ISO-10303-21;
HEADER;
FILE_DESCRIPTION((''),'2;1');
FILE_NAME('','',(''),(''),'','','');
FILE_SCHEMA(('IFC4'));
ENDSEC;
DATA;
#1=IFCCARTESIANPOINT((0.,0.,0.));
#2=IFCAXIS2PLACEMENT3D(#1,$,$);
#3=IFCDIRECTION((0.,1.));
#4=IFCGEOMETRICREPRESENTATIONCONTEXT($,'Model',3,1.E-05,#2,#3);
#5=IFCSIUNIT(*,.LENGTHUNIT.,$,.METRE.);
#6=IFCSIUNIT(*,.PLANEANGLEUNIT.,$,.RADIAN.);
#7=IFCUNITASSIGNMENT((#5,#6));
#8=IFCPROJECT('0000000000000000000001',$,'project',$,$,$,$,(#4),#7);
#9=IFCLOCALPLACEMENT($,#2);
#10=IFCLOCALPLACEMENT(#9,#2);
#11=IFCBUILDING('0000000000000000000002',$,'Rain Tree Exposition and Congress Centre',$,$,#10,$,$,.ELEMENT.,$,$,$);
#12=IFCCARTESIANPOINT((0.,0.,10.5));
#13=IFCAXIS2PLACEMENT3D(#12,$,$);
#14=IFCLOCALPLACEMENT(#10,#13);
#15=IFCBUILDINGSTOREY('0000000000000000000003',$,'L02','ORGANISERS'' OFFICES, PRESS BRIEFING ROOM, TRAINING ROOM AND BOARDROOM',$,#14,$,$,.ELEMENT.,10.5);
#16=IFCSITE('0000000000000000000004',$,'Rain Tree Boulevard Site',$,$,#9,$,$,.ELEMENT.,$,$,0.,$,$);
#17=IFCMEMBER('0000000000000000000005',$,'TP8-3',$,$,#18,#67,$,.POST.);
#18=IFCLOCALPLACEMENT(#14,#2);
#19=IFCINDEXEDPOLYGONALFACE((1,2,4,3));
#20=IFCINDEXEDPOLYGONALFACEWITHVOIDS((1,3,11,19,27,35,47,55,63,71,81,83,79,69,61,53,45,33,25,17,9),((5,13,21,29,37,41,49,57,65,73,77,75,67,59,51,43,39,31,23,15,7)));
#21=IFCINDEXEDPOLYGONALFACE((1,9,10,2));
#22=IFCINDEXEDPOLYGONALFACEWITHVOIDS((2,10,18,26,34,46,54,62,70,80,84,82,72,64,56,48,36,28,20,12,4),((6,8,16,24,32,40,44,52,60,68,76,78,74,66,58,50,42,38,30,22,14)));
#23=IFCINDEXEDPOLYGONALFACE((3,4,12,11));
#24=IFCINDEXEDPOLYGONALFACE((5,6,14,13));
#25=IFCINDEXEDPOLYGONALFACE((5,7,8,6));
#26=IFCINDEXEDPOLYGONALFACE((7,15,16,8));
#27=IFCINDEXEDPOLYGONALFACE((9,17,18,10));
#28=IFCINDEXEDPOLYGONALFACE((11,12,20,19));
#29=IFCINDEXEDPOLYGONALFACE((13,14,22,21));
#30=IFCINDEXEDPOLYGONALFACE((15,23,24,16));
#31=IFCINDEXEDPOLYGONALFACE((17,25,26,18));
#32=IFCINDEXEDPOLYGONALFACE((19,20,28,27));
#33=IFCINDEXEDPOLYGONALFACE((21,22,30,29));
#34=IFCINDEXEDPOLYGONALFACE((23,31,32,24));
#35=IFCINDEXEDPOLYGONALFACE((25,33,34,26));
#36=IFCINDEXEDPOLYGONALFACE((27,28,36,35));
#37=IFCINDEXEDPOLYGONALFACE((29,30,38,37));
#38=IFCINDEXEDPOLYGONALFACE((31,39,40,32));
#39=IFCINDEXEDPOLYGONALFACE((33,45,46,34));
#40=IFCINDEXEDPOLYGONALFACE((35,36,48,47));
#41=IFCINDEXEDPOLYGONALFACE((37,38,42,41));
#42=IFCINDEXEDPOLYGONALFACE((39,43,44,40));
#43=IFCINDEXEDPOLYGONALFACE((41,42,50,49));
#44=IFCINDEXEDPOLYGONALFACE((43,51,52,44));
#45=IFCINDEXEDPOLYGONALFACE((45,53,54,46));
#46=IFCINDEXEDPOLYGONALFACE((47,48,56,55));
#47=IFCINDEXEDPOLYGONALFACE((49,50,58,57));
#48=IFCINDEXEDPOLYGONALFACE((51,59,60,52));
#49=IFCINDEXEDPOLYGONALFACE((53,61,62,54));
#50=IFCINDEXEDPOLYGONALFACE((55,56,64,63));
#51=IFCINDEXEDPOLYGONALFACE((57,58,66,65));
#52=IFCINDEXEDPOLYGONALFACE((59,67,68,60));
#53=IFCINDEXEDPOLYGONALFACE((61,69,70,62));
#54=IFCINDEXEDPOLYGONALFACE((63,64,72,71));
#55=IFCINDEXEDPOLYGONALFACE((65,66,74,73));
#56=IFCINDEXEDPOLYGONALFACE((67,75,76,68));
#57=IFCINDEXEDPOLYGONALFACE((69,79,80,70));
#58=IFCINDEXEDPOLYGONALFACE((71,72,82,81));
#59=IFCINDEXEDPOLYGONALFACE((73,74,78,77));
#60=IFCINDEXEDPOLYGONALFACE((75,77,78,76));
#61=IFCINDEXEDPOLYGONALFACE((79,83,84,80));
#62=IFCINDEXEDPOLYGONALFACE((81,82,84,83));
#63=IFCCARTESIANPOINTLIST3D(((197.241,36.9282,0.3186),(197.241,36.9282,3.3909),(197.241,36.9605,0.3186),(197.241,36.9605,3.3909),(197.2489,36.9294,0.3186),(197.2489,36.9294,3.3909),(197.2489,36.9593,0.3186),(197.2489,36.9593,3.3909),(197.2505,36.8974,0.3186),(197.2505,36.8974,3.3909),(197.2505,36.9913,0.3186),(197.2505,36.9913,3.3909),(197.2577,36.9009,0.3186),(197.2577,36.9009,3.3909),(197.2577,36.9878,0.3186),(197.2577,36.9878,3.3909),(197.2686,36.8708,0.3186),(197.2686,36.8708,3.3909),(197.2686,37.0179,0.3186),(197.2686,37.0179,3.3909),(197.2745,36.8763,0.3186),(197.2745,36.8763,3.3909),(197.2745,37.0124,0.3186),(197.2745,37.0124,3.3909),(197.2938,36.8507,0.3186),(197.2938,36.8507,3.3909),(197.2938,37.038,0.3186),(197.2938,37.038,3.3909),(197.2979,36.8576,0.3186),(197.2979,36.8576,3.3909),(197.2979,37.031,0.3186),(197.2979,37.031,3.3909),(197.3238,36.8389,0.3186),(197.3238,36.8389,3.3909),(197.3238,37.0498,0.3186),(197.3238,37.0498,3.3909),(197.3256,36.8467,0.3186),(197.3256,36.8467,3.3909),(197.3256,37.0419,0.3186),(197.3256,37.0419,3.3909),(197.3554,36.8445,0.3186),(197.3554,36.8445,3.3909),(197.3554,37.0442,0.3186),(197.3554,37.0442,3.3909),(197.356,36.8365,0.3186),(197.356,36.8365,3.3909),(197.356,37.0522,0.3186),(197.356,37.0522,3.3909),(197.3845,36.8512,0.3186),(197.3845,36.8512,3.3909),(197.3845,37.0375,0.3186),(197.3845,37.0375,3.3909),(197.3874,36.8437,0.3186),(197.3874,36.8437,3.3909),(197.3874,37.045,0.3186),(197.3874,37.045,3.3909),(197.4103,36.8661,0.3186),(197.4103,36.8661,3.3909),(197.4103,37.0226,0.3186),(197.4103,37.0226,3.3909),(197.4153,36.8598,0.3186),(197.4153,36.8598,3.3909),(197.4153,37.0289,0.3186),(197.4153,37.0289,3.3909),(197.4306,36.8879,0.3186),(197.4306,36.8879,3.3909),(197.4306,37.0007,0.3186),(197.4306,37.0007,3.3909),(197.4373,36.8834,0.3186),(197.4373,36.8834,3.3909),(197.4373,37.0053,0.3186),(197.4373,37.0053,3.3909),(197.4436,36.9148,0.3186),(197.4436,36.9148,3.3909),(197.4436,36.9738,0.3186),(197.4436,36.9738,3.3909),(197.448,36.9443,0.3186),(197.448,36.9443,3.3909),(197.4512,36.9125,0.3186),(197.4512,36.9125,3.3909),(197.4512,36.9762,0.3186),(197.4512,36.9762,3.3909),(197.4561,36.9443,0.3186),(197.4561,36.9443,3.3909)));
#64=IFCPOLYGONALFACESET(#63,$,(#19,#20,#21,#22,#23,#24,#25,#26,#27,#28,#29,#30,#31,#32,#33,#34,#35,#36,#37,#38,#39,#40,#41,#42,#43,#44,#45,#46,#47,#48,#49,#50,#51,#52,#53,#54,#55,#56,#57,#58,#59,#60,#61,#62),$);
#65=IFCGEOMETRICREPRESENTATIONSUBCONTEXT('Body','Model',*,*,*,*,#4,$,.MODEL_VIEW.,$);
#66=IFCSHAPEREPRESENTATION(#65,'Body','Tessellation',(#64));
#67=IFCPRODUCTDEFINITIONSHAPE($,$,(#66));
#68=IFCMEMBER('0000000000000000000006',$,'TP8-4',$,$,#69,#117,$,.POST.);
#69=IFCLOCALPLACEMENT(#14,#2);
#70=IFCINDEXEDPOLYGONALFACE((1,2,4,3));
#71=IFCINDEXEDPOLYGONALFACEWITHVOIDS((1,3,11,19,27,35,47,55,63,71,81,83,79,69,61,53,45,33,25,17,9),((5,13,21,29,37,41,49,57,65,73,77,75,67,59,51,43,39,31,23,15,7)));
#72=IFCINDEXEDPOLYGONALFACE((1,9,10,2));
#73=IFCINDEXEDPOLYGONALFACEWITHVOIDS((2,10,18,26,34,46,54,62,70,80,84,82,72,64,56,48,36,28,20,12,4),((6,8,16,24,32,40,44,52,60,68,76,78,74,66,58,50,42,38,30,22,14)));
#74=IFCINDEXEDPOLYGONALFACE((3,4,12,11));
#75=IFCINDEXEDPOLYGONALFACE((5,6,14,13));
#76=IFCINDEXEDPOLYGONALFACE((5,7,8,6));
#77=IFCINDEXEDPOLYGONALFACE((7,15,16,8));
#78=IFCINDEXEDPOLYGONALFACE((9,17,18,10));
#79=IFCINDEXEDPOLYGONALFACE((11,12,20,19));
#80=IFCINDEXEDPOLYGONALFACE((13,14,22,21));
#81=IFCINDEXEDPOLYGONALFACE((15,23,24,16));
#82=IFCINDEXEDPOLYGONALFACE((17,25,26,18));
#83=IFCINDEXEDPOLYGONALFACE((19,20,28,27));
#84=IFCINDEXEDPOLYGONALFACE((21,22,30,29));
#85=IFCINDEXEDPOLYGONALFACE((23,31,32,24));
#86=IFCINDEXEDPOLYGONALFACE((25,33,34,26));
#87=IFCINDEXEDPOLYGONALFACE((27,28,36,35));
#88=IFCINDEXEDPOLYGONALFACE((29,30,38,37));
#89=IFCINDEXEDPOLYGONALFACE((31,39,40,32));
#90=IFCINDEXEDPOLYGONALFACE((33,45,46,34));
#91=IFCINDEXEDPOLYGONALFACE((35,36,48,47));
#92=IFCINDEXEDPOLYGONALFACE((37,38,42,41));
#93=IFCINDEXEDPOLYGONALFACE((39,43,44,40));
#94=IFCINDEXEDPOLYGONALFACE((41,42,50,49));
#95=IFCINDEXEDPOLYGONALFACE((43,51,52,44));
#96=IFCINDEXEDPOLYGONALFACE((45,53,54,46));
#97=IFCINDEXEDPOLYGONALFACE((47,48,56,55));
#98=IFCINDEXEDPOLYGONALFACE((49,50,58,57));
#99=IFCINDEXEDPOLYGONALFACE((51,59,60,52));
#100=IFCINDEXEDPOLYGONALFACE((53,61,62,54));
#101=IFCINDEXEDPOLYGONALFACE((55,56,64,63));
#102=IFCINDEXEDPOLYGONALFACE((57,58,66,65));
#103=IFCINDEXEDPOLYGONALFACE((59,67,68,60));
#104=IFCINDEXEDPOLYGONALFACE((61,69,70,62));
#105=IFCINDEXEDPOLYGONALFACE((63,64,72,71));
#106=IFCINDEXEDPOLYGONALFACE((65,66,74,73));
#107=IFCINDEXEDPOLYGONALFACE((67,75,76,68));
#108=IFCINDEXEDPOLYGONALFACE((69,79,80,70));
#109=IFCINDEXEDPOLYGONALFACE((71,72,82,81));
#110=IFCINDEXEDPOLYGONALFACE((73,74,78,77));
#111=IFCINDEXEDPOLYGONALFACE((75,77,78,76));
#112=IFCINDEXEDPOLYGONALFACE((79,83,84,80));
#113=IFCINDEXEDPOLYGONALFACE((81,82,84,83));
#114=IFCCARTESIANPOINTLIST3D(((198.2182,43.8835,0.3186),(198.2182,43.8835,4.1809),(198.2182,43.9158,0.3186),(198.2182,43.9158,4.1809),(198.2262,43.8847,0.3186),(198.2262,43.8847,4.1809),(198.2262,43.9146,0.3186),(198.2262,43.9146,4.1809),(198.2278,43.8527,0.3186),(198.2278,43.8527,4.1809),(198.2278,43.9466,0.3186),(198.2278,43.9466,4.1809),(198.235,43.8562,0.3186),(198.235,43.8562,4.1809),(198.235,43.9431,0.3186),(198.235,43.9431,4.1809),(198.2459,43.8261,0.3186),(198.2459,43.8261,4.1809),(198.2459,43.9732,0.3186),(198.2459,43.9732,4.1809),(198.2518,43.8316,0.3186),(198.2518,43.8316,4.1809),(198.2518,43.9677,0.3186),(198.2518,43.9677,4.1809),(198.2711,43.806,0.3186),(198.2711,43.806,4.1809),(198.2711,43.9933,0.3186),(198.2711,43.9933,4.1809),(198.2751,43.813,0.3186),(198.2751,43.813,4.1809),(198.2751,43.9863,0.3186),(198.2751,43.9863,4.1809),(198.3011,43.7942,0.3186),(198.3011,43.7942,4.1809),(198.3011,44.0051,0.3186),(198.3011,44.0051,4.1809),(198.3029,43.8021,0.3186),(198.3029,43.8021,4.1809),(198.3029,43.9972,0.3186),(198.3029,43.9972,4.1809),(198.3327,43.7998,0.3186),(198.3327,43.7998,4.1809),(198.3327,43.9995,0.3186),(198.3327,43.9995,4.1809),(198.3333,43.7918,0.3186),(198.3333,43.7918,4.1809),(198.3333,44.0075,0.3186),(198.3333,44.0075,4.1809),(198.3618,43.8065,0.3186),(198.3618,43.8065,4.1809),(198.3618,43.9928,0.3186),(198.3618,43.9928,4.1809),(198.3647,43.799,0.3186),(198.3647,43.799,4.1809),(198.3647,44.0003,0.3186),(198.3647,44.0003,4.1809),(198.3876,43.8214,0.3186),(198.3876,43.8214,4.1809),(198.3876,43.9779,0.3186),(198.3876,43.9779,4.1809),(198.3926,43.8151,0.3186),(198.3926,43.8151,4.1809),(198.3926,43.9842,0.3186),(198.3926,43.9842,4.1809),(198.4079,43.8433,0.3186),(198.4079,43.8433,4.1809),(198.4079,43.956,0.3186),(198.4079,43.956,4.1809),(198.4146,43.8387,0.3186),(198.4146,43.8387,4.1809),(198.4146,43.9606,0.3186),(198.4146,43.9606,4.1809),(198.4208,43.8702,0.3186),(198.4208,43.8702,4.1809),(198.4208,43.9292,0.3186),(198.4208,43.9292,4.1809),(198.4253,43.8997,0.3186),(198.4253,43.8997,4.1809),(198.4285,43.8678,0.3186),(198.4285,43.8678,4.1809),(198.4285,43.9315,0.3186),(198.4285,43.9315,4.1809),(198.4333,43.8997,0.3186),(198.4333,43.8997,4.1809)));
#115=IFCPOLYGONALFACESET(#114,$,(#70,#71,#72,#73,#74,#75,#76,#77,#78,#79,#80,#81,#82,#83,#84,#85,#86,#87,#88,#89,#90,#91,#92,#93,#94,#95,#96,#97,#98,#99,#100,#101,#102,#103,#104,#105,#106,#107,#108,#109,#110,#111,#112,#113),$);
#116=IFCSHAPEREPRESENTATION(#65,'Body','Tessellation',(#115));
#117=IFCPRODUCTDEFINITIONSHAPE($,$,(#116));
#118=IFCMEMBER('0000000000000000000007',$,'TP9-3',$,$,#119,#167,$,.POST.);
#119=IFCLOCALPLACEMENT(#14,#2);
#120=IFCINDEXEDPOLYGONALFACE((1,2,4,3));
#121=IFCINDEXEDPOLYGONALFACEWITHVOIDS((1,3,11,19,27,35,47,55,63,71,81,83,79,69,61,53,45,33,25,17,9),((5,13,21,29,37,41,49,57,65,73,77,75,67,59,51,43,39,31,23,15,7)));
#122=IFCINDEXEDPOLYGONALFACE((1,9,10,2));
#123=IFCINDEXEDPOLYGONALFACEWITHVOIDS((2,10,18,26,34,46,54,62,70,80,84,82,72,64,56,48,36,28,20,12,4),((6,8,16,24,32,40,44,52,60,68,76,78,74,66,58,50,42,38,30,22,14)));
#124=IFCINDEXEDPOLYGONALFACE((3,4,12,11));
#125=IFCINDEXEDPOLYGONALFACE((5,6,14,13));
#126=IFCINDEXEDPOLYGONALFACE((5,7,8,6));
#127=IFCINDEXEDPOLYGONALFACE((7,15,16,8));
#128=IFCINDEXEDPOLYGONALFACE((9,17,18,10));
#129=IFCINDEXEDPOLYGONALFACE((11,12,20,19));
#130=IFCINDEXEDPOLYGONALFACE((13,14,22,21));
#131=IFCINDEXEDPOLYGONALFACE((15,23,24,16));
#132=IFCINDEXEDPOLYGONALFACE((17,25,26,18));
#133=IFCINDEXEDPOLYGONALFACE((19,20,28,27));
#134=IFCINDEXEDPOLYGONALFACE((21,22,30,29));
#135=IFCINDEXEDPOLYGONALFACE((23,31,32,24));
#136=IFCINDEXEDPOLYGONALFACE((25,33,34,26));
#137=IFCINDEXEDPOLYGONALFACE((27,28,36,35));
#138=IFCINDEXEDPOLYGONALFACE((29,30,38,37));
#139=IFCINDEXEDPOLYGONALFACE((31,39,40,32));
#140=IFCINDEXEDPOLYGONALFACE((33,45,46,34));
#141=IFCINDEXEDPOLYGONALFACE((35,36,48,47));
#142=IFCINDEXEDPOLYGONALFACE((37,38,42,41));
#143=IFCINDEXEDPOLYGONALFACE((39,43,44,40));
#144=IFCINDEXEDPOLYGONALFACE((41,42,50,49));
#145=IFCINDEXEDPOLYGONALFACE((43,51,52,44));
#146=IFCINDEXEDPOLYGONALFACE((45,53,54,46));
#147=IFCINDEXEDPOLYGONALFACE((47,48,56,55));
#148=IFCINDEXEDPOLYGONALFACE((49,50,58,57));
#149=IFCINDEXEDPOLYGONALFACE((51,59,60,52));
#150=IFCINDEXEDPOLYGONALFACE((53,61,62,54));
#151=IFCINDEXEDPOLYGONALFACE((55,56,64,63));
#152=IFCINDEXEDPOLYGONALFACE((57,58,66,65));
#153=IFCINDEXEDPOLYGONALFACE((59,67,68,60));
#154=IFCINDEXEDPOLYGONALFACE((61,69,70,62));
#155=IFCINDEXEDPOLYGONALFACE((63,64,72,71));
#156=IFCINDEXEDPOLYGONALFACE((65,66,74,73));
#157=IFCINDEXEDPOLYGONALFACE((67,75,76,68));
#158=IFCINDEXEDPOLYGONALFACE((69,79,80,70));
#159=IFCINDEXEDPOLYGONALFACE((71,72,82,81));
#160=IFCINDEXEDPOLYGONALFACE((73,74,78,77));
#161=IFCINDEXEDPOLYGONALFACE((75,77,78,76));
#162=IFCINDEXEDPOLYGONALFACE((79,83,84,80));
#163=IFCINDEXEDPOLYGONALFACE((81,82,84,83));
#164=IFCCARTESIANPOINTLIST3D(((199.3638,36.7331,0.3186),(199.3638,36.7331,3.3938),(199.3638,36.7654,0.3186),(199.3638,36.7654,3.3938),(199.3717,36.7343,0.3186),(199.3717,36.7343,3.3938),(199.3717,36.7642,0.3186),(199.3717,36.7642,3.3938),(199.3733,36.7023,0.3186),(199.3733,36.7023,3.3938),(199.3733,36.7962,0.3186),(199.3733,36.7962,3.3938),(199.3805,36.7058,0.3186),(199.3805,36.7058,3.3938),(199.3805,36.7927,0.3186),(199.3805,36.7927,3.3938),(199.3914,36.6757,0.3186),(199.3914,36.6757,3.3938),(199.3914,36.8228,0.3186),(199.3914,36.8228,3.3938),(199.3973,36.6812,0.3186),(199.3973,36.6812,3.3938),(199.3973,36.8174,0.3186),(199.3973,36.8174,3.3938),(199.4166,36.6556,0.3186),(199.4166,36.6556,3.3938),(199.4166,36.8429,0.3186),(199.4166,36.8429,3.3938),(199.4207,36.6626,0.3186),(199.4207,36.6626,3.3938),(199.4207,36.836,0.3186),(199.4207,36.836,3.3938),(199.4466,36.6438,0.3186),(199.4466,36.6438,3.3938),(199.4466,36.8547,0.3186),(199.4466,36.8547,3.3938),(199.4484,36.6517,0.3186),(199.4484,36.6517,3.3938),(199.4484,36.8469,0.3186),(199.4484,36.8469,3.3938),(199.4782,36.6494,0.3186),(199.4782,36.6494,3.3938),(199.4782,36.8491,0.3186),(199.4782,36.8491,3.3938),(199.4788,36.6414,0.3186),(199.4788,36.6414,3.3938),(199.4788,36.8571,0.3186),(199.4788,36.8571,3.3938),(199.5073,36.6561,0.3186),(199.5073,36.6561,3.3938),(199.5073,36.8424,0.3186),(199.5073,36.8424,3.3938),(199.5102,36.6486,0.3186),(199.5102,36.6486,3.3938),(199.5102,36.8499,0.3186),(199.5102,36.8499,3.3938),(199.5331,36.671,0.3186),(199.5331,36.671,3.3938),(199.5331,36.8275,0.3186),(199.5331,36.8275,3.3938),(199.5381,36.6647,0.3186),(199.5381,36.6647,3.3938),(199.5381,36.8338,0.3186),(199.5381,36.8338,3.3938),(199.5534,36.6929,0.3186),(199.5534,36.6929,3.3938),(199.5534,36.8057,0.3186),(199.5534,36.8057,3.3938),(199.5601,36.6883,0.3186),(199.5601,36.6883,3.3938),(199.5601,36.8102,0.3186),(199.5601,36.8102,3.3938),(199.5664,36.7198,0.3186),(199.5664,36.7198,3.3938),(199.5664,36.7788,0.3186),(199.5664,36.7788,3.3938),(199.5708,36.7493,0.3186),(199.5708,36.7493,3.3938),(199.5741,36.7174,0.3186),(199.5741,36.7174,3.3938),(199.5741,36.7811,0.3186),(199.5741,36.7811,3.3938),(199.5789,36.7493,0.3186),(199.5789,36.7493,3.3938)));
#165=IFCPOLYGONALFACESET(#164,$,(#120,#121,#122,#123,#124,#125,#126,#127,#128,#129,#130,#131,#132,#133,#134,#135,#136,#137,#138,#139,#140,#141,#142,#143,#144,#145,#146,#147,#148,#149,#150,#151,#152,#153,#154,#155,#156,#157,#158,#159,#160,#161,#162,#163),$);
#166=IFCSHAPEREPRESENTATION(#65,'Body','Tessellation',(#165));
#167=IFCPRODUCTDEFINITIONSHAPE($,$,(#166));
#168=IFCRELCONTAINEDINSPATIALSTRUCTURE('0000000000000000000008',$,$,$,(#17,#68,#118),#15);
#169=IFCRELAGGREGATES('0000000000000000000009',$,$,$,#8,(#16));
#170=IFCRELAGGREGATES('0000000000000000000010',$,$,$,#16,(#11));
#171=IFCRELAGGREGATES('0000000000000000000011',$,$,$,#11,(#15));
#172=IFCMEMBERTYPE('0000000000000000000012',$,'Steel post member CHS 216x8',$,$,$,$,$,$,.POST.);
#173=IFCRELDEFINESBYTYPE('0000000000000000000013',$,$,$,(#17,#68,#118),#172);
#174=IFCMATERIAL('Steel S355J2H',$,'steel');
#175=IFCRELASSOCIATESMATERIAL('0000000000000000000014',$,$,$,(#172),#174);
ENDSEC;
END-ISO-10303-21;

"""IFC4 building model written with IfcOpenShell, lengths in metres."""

from ifc_helpers import new_model, si_unit, direction, frame, origin, origin_2d, place, context, subcontext, project, spatial, hollow_circle, extrude, material, material_profile, profile_set, type_object, element, save


model = new_model("IFC4")

# Units and contexts
model_context = context("Model", 3, precision=1e-05, world=origin(), true_north=direction((0.0, 1.0)))
body_context = subcontext(model_context, "Body", "Model", "MODEL_VIEW")
ifc_project = project(units=[si_unit("LENGTHUNIT", "METRE"), si_unit("PLANEANGLEUNIT", "RADIAN")], contexts=[model_context])

# Site, building, storey
site_placement = place(None, origin())
site = spatial("IfcSite", under=ifc_project, at=site_placement, Name="Rain Tree Boulevard Site", CompositionType="ELEMENT", RefElevation=0.0)
building_placement = place(site_placement, origin())
building = spatial("IfcBuilding", under=site, at=building_placement, Name="Rain Tree Exposition and Congress Centre", CompositionType="ELEMENT")
storey_placement = place(building_placement, frame((0.0, 0.0, 10.5)))
storey = spatial("IfcBuildingStorey", under=building, at=storey_placement, Name="L02", Description="ORGANISERS' OFFICES, PRESS BRIEFING ROOM, TRAINING ROOM AND BOARDROOM", CompositionType="ELEMENT", Elevation=10.5)

# Members
ifc_material_1 = material(Name="Steel S355J2H", Category="steel")
ifc_material_profile_1 = material_profile(ifc_material_1, hollow_circle(Radius=0.1082, WallThickness=0.0081, at=origin_2d()), Name="CHS 216x8")
ifc_profile_set_1 = profile_set([ifc_material_profile_1], Name="Steel S355J2H")
member_type_1 = type_object("IfcMemberType", Name="Steel post member CHS 216x8", PredefinedType="POST", material=ifc_profile_set_1)
member_1_placement = place(storey_placement, frame((197.3479, 36.9443, 0.3186), z_axis=(0.0, 0.0, 1.0), x_axis=(1.0, 0.0, 0.0)))
element("IfcMember", 1, at=member_1_placement, inside=storey, type_object=member_type_1, Name="TP8-3", PredefinedType="POST", context=body_context, shape_type="SweptSolid", body=[
    extrude(hollow_circle(Radius=0.1082, WallThickness=0.0081, at=origin_2d()), origin(), (0.0, 0.0, 1.0), 3.0723),
])
member_2_placement = place(storey_placement, frame((198.3252, 43.8997, 0.3186), z_axis=(0.0, 0.0, 1.0), x_axis=(1.0, 0.0, 0.0)))
element("IfcMember", 2, at=member_2_placement, inside=storey, type_object=member_type_1, Name="TP8-4", PredefinedType="POST", context=body_context, shape_type="SweptSolid", body=[
    extrude(hollow_circle(Radius=0.1082, WallThickness=0.0081, at=origin_2d()), origin(), (0.0, 0.0, 1.0), 3.8623),
])
member_3_placement = place(storey_placement, frame((199.4707, 36.7493, 0.3186), z_axis=(0.0, 0.0, 1.0), x_axis=(1.0, 0.0, 0.0)))
element("IfcMember", 3, at=member_3_placement, inside=storey, type_object=member_type_1, Name="TP9-3", PredefinedType="POST", context=body_context, shape_type="SweptSolid", body=[
    extrude(hollow_circle(Radius=0.1082, WallThickness=0.0081, at=origin_2d()), origin(), (0.0, 0.0, 1.0), 3.0752),
])

save(model, "model.ifc")
